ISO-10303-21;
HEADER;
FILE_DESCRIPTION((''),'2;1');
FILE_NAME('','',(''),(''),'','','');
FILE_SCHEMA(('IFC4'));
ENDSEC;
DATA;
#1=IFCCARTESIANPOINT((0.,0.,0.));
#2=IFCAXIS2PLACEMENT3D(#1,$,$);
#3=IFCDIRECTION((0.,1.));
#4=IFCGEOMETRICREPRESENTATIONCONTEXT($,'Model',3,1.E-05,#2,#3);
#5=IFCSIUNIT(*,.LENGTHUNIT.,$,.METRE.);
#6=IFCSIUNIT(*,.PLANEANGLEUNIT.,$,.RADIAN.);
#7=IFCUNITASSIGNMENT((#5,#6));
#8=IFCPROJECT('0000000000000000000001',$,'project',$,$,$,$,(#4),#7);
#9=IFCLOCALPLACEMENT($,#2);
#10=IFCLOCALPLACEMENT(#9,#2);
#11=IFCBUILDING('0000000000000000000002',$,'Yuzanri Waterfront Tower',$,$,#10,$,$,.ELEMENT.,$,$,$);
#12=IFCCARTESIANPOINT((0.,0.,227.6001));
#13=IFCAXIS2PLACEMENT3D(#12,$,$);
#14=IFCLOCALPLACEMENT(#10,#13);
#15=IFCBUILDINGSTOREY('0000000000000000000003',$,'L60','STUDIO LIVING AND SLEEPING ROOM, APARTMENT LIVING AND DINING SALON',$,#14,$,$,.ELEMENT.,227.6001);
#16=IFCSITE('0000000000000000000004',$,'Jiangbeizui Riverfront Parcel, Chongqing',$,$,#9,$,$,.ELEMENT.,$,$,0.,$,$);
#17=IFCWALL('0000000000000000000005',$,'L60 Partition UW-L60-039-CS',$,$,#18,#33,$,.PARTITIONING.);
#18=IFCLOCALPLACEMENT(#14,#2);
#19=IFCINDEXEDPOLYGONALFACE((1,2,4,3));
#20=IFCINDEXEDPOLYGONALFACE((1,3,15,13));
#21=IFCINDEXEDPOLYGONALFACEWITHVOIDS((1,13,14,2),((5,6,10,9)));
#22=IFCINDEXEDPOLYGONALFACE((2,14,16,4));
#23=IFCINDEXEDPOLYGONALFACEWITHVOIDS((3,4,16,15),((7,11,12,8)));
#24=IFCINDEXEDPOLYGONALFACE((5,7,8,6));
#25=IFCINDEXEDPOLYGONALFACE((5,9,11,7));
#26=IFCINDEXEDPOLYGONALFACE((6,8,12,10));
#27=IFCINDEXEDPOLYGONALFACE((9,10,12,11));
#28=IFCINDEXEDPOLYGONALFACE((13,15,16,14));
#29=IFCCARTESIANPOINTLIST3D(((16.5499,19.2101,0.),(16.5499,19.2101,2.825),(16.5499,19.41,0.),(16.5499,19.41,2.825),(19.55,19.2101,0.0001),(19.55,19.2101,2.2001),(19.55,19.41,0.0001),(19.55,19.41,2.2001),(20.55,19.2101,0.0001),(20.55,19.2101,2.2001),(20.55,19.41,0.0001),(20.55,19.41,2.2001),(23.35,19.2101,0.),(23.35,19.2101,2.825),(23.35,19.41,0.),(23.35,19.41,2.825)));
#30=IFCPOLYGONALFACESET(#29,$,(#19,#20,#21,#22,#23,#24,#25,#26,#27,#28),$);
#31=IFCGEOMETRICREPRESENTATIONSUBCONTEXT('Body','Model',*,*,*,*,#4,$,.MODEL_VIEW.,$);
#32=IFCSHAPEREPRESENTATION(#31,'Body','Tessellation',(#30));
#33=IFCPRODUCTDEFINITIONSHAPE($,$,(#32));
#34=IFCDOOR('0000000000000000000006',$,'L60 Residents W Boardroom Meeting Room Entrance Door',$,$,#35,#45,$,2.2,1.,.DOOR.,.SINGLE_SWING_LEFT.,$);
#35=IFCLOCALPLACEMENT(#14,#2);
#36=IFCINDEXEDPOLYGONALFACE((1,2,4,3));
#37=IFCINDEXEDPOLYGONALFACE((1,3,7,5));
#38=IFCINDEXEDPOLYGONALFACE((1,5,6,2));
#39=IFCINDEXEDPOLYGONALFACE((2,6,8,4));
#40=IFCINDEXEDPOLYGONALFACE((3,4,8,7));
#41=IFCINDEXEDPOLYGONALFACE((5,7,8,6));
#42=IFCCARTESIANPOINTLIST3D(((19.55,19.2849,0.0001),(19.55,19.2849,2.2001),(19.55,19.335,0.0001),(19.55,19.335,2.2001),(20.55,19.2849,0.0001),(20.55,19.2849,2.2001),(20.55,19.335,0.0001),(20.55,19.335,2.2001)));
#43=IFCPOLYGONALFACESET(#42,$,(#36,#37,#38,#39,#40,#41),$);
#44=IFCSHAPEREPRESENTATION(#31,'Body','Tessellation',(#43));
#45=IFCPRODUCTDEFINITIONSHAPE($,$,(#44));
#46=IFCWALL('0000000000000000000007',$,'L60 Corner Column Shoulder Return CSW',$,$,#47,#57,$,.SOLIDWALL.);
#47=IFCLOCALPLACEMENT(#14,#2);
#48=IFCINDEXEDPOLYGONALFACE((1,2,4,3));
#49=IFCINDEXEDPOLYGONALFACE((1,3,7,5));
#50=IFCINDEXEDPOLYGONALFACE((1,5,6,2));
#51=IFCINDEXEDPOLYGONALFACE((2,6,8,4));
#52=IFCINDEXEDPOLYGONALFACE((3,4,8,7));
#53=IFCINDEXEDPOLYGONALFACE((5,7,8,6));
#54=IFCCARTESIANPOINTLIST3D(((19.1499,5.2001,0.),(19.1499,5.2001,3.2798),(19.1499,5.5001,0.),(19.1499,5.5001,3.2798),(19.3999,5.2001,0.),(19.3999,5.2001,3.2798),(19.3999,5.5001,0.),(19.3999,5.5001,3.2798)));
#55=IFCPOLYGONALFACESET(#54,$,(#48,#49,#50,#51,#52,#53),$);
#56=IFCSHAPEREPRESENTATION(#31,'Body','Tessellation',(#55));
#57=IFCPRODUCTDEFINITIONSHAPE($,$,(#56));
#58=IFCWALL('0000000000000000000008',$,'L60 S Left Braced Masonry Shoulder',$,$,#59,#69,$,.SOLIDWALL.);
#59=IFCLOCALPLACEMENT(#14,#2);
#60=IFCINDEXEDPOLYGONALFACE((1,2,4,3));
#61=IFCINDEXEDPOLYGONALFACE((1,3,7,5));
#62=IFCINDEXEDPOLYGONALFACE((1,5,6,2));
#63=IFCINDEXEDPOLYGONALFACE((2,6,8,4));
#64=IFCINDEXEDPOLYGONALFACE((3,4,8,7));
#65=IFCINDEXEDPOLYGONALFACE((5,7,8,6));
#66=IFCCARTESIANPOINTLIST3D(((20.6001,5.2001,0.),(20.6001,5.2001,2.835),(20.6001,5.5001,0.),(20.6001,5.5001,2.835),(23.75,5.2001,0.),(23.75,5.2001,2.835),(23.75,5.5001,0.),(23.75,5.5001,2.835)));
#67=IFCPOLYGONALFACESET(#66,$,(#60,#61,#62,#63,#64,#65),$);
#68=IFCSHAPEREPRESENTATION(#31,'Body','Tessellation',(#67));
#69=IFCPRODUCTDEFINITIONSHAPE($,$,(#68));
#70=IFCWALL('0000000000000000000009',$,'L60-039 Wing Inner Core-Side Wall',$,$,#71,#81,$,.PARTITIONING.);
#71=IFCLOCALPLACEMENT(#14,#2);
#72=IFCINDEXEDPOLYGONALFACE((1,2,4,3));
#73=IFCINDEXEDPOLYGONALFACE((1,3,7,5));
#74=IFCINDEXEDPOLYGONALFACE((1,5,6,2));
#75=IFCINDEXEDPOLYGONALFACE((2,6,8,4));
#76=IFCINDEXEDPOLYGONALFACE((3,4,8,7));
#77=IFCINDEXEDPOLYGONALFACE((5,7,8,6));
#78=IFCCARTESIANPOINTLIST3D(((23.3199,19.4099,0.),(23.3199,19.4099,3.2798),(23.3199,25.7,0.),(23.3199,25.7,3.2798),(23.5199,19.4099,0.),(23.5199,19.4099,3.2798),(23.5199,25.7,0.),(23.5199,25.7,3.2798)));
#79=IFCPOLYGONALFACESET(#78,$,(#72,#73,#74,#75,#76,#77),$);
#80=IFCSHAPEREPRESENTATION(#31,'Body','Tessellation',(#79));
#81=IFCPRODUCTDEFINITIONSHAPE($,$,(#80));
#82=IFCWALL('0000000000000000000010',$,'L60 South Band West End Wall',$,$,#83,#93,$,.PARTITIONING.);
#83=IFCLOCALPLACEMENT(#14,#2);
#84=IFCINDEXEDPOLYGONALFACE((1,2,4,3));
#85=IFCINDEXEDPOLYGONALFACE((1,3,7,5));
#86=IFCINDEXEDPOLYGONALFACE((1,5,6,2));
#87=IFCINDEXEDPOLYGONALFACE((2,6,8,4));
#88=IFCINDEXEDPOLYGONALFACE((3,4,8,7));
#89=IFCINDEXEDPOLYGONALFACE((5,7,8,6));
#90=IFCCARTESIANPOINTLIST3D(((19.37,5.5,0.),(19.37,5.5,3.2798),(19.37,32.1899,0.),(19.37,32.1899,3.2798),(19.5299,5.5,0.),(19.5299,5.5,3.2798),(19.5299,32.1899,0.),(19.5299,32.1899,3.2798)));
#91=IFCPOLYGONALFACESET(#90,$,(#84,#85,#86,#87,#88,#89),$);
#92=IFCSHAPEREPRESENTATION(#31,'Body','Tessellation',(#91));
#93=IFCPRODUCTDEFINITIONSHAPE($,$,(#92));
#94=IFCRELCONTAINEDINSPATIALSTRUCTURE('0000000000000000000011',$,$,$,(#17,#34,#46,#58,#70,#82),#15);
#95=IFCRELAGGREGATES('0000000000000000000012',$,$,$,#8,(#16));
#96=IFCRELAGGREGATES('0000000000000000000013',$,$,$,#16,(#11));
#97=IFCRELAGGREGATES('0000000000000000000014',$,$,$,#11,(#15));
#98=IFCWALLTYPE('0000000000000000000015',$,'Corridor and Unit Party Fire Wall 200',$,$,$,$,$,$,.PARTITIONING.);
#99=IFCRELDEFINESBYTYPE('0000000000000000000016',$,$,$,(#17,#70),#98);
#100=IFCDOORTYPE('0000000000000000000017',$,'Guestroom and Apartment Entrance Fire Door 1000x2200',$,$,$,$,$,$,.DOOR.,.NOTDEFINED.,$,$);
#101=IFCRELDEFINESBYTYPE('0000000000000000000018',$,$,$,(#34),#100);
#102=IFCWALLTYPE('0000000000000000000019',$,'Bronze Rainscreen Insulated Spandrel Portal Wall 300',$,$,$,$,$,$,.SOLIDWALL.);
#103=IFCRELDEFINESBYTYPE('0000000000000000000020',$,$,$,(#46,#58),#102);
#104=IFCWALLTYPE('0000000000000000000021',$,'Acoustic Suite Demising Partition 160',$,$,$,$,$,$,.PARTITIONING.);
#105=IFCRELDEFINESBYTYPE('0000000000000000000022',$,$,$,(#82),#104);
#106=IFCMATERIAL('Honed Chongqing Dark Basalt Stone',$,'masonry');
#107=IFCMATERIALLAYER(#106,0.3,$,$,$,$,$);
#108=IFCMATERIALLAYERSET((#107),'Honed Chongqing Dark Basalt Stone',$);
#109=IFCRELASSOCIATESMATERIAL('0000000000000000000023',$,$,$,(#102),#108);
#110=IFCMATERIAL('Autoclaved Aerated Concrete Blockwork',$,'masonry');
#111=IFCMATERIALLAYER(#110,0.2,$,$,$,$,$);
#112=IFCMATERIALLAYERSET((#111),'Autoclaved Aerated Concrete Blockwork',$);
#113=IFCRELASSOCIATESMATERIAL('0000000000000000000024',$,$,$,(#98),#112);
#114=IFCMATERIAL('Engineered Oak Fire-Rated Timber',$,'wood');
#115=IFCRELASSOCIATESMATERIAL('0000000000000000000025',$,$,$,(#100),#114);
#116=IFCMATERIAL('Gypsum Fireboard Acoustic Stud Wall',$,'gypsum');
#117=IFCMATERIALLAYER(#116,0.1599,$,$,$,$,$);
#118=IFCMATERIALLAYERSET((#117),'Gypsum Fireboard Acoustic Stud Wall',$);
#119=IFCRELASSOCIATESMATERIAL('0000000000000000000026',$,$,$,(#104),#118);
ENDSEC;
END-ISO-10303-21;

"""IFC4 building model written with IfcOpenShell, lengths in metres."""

from ifc_helpers import new_model, si_unit, direction, frame, frame_2d, origin, place, context, subcontext, project, spatial, rectangle, extrude, source, transform, mapped, material, layer, layer_set, type_object, element, fill, save


model = new_model("IFC4")

# Units and contexts
model_context = context("Model", 3, precision=1e-05, world=origin(), true_north=direction((0.0, 1.0)))
body_context = subcontext(model_context, "Body", "Model", "MODEL_VIEW")
ifc_project = project(units=[si_unit("LENGTHUNIT", "METRE"), si_unit("PLANEANGLEUNIT", "RADIAN")], contexts=[model_context])

# Site, building, storey
site_placement = place(None, origin())
site = spatial("IfcSite", under=ifc_project, at=site_placement, Name="Jiangbeizui Riverfront Parcel, Chongqing", CompositionType="ELEMENT", RefElevation=0.0)
building_placement = place(site_placement, origin())
building = spatial("IfcBuilding", under=site, at=building_placement, Name="Yuzanri Waterfront Tower", CompositionType="ELEMENT")
storey_placement = place(building_placement, frame((0.0, 0.0, 227.6001)))
storey = spatial("IfcBuildingStorey", under=building, at=storey_placement, Name="L60", Description="STUDIO LIVING AND SLEEPING ROOM, APARTMENT LIVING AND DINING SALON", CompositionType="ELEMENT", Elevation=227.6001)

# Shared definitions
ifc_material_1 = material(Name="Honed Chongqing Dark Basalt Stone", Category="masonry")
ifc_layer_1 = layer(ifc_material_1, 0.3)
ifc_layer_set_1 = layer_set([ifc_layer_1], Name="Honed Chongqing Dark Basalt Stone")
wall_type_1 = type_object("IfcWallType", Name="Bronze Rainscreen Insulated Spandrel Portal Wall 300", PredefinedType="SOLIDWALL", material=ifc_layer_set_1)

# Wall, opening, door
ifc_material_2 = material(Name="Autoclaved Aerated Concrete Blockwork", Category="masonry")
ifc_layer_2 = layer(ifc_material_2, 0.2)
ifc_layer_set_2 = layer_set([ifc_layer_2], Name="Autoclaved Aerated Concrete Blockwork")
wall_type_2 = type_object("IfcWallType", Name="Corridor and Unit Party Fire Wall 200", PredefinedType="PARTITIONING", material=ifc_layer_set_2)
ifc_material_3 = material(Name="Engineered Oak Fire-Rated Timber", Category="wood")
door_type_1 = type_object("IfcDoorType", Name="Guestroom and Apartment Entrance Fire Door 1000x2200", OperationType="NOTDEFINED", PredefinedType="DOOR", material=ifc_material_3)
shared_shape_1 = source(origin(), body_context, "Body", "SweptSolid", [
    extrude(rectangle(XDim=1.0, YDim=2.2, at=frame_2d((0.5, 1.1001))), frame((0.0, 0.0249, 0.0), z_axis=(0.0, -1.0, 0.0), x_axis=(1.0, 0.0, 0.0)), (0.0, 0.0, 1.0), 0.05),
])
wall_1_placement = place(storey_placement, frame((16.55, 19.3101, 0.0), z_axis=(0.0, 0.0, 1.0), x_axis=(1.0, 0.0, 0.0)))
wall_1 = element("IfcWall", 1, at=wall_1_placement, inside=storey, type_object=wall_type_2, Name="L60 Partition UW-L60-039-CS", PredefinedType="PARTITIONING", context=body_context, shape_type="SweptSolid", body=[
    extrude(rectangle(XDim=6.8, YDim=0.2, at=frame_2d((3.3999, 0.0))), origin(), (0.0, 0.0, 1.0), 2.825),
])
opening_1_placement = place(wall_1_placement, frame((3.0, 0.0, 0.0)))
opening_1 = element("IfcOpeningElement", 2, at=opening_1_placement, cuts=wall_1, PredefinedType="OPENING", context=body_context, shape_type="SweptSolid", body=[
    extrude(rectangle(XDim=1.0, YDim=2.2, at=frame_2d((0.5, 1.1001))), frame((0.0, 0.1147, 0.0), z_axis=(0.0, -1.0, 0.0), x_axis=(1.0, 0.0, 0.0)), (0.0, 0.0, 1.0), 0.2297),
])
door_1_placement = place(opening_1_placement, origin())
door_1 = element("IfcDoor", 3, at=door_1_placement, inside=storey, type_object=door_type_1, Name="L60 Residents W Boardroom Meeting Room Entrance Door", OperationType="SINGLE_SWING_LEFT", OverallHeight=2.2, OverallWidth=1.0, PredefinedType="DOOR", context=body_context, shape_type="MappedRepresentation", body=[
    mapped(shared_shape_1, transform((0.0, 0.0, 0.0), scale=1.0)),
])
fill(opening_1, door_1)

# Walls
shared_shape_2 = source(origin(), body_context, "Body", "SweptSolid", [
    extrude(rectangle(XDim=0.25, YDim=0.3, at=frame_2d((0.125, 0.0))), origin(), (0.0, 0.0, 1.0), 3.2798),
])
wall_2_placement = place(storey_placement, frame((19.1499, 5.3501, 0.0), z_axis=(0.0, 0.0, 1.0), x_axis=(1.0, 0.0, 0.0)))
element("IfcWall", 4, at=wall_2_placement, inside=storey, type_object=wall_type_1, Name="L60 Corner Column Shoulder Return CSW", PredefinedType="SOLIDWALL", context=body_context, shape_type="MappedRepresentation", body=[
    mapped(shared_shape_2, transform((0.0, 0.0, 0.0), scale=1.0)),
])
shared_shape_3 = source(origin(), body_context, "Body", "SweptSolid", [
    extrude(rectangle(XDim=3.1499, YDim=0.3, at=frame_2d((1.575, 0.0))), origin(), (0.0, 0.0, 1.0), 2.835),
])
wall_3_placement = place(storey_placement, frame((20.6001, 5.3501, 0.0), z_axis=(0.0, 0.0, 1.0), x_axis=(1.0, 0.0, 0.0)))
element("IfcWall", 5, at=wall_3_placement, inside=storey, type_object=wall_type_1, Name="L60 S Left Braced Masonry Shoulder", PredefinedType="SOLIDWALL", context=body_context, shape_type="MappedRepresentation", body=[
    mapped(shared_shape_3, transform((0.0, 0.0, 0.0), scale=1.0)),
])
shared_shape_4 = source(origin(), body_context, "Body", "SweptSolid", [
    extrude(rectangle(XDim=6.29, YDim=0.2, at=frame_2d((3.145, 0.0))), origin(), (0.0, 0.0, 1.0), 3.2798),
])
wall_4_placement = place(storey_placement, frame((23.4199, 19.4099, 0.0), z_axis=(0.0, 0.0, 1.0), x_axis=(0.0, 1.0, 0.0)))
element("IfcWall", 6, at=wall_4_placement, inside=storey, type_object=wall_type_2, Name="L60-039 Wing Inner Core-Side Wall", PredefinedType="PARTITIONING", context=body_context, shape_type="MappedRepresentation", body=[
    mapped(shared_shape_4, transform((0.0, 0.0, 0.0), scale=1.0)),
])
ifc_material_4 = material(Name="Gypsum Fireboard Acoustic Stud Wall", Category="gypsum")
ifc_layer_3 = layer(ifc_material_4, 0.1599)
ifc_layer_set_3 = layer_set([ifc_layer_3], Name="Gypsum Fireboard Acoustic Stud Wall")
wall_type_3 = type_object("IfcWallType", Name="Acoustic Suite Demising Partition 160", PredefinedType="PARTITIONING", material=ifc_layer_set_3)
shared_shape_5 = source(origin(), body_context, "Body", "SweptSolid", [
    extrude(rectangle(XDim=26.6899, YDim=0.1599, at=frame_2d((13.345, 0.0))), origin(), (0.0, 0.0, 1.0), 3.2798),
])
wall_5_placement = place(storey_placement, frame((19.45, 5.5, 0.0), z_axis=(0.0, 0.0, 1.0), x_axis=(0.0, 1.0, 0.0)))
element("IfcWall", 7, at=wall_5_placement, inside=storey, type_object=wall_type_3, Name="L60 South Band West End Wall", PredefinedType="PARTITIONING", context=body_context, shape_type="MappedRepresentation", body=[
    mapped(shared_shape_5, transform((0.0, 0.0, 0.0), scale=1.0)),
])

save(model, "model.ifc")
